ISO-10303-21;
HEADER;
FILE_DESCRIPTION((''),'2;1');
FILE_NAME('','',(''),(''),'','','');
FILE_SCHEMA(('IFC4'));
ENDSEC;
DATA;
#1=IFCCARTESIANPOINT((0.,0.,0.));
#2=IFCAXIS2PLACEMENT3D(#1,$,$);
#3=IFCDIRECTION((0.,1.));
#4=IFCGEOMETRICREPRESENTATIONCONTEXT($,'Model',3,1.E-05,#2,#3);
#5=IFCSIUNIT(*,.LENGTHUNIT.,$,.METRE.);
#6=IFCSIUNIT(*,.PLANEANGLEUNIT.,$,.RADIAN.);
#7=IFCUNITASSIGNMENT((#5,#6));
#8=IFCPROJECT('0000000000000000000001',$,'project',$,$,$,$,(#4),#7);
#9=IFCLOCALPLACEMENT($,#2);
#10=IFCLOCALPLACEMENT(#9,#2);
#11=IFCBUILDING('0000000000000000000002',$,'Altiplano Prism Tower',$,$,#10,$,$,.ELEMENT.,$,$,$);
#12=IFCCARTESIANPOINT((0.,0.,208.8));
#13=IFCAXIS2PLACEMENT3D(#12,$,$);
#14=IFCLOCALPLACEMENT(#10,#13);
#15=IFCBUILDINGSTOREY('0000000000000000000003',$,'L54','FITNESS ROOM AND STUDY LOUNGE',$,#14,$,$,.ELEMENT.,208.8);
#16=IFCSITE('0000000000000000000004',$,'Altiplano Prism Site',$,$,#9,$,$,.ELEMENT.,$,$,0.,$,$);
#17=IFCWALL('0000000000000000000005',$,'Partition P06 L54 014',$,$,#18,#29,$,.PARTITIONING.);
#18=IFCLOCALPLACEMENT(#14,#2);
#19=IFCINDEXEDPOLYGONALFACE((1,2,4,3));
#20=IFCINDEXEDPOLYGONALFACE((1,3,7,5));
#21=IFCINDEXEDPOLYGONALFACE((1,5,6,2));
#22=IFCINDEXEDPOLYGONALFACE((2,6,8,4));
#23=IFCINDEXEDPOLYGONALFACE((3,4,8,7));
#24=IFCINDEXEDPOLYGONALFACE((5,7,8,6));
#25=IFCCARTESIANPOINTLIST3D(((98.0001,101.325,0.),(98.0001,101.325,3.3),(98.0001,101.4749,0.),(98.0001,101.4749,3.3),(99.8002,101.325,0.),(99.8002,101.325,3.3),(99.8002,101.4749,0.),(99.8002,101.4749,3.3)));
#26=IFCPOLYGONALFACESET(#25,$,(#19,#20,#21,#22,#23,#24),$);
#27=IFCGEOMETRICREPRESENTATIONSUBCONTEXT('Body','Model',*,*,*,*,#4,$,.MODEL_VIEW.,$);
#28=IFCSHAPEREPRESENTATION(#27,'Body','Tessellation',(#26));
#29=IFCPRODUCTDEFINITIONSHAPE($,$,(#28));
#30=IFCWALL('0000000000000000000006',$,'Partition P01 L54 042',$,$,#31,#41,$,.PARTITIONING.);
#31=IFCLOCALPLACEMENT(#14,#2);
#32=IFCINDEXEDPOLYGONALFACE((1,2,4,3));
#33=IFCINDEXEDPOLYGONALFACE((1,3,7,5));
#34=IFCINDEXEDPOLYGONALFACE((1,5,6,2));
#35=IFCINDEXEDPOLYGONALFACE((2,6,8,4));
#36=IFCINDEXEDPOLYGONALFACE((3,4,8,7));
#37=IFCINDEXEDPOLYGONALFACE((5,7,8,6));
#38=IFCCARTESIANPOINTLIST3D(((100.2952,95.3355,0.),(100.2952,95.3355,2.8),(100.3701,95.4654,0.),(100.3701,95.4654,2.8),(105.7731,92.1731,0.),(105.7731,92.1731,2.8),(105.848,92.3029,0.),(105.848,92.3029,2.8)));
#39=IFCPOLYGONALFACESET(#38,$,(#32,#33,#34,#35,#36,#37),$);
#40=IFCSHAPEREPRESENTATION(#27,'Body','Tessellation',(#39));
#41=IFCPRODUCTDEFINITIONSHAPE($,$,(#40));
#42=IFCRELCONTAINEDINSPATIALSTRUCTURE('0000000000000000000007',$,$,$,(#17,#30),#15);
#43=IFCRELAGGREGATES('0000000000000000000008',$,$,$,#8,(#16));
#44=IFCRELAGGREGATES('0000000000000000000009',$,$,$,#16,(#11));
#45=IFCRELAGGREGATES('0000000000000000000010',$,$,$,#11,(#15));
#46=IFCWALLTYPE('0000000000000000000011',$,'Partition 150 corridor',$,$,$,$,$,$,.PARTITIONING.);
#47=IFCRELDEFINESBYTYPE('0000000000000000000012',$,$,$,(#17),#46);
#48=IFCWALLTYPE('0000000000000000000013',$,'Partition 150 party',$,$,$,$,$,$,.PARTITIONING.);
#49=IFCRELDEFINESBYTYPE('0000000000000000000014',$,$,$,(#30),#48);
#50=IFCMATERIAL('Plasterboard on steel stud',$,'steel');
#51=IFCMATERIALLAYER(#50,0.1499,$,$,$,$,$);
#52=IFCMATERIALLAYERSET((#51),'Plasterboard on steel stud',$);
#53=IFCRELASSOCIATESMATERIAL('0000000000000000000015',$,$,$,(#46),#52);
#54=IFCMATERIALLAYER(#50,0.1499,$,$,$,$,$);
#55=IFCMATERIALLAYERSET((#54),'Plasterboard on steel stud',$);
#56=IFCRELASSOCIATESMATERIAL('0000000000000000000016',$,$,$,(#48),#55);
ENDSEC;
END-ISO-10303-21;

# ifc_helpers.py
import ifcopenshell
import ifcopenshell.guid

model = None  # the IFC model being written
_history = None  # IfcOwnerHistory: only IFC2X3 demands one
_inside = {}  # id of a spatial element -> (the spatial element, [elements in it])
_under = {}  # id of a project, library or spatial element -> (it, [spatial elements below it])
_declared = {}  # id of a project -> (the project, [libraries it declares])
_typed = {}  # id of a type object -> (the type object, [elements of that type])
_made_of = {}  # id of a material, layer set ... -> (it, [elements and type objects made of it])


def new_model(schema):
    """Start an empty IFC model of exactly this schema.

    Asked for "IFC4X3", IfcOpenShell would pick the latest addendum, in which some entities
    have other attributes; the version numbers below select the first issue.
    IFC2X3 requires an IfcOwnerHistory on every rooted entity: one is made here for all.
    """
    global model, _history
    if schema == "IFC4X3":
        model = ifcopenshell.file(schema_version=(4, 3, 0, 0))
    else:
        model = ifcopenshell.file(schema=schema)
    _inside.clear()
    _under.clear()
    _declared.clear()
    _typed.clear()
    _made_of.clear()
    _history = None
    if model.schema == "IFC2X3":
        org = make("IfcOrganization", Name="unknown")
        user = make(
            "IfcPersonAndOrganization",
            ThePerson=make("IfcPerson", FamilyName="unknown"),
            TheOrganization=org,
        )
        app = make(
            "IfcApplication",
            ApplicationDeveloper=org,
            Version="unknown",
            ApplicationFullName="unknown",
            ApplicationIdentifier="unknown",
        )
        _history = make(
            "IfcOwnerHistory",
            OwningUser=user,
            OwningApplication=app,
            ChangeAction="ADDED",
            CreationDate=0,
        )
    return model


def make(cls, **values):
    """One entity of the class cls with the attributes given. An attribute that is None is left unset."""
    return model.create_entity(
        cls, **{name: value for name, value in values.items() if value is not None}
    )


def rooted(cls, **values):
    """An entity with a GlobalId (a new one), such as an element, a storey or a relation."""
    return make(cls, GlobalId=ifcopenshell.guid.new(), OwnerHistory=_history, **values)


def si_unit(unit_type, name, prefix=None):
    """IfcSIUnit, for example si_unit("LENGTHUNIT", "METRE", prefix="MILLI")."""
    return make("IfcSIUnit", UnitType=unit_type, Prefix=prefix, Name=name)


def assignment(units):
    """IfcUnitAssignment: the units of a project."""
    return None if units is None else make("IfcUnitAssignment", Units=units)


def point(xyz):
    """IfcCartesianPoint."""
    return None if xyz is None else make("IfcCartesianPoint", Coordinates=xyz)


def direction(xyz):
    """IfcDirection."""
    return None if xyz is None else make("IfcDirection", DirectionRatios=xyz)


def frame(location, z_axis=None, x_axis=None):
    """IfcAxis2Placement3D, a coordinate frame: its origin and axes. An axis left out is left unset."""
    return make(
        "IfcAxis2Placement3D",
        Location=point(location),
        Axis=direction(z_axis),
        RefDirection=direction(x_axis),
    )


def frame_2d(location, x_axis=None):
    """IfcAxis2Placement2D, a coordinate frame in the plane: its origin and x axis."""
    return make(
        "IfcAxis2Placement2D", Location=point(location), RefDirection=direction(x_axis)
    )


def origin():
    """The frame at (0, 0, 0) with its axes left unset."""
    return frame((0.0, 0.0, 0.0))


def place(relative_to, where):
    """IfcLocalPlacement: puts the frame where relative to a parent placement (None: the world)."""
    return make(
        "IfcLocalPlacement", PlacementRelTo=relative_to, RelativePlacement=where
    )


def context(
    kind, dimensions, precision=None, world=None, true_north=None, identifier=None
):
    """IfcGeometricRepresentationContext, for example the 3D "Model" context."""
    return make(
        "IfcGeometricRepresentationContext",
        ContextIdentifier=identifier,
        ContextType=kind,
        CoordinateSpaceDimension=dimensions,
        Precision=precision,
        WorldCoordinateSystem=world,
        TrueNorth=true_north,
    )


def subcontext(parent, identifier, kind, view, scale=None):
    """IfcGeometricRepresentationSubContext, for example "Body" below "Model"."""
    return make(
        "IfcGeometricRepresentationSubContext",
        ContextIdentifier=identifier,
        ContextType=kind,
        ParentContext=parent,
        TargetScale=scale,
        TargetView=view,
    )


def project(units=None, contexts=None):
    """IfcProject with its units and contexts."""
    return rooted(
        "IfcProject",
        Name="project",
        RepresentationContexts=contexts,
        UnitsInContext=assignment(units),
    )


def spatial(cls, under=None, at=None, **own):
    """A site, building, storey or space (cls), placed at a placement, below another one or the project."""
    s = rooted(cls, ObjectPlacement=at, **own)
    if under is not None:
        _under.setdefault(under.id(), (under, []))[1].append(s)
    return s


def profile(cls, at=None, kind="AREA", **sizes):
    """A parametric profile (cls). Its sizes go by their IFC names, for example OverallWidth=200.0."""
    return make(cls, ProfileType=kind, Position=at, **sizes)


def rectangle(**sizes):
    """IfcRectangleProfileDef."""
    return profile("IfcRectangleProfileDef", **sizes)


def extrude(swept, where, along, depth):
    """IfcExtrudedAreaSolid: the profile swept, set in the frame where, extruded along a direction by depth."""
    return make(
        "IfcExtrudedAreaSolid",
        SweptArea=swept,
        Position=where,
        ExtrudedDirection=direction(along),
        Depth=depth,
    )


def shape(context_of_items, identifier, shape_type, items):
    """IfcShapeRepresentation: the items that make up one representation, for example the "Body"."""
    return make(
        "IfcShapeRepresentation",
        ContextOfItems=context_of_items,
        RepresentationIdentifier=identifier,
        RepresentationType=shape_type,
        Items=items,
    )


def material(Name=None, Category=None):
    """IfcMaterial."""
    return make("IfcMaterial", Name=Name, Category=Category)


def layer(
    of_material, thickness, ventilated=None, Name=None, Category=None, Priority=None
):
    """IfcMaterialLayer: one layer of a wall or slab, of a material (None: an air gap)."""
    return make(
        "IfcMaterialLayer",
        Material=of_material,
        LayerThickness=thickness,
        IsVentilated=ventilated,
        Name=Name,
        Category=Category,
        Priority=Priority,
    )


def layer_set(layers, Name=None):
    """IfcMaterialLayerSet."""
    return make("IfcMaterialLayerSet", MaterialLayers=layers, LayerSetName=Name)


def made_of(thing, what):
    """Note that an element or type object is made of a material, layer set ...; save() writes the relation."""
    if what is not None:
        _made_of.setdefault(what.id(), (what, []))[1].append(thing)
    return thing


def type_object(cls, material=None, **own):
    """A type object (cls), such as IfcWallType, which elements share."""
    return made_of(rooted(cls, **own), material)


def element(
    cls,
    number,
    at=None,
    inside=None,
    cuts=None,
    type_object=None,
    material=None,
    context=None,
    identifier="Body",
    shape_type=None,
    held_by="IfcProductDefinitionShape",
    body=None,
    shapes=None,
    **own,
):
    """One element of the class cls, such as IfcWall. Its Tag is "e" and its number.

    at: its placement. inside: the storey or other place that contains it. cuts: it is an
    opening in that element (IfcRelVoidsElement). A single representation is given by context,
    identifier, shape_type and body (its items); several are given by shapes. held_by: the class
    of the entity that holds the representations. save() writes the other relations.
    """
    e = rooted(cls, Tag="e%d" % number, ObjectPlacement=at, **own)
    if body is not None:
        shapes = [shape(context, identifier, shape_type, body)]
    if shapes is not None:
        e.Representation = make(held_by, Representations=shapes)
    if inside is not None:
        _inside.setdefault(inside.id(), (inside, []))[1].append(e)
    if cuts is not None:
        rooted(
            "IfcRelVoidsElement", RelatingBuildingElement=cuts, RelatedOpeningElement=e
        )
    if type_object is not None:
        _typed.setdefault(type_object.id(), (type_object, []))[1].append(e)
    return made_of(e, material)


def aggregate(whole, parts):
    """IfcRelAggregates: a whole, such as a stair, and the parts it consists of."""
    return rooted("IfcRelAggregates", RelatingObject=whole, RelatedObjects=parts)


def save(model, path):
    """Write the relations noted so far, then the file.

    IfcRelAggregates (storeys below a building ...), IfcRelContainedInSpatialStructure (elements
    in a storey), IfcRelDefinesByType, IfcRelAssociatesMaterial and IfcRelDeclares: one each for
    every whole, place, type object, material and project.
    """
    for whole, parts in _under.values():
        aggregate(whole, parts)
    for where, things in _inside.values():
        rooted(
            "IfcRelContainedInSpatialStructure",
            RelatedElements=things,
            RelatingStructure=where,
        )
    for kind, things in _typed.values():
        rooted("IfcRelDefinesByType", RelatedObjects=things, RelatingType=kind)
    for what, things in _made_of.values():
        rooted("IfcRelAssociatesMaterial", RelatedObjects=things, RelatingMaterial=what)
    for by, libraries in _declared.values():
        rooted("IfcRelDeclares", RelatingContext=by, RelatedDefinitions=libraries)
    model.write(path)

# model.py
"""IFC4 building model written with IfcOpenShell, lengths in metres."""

from ifc_helpers import new_model, si_unit, direction, frame, frame_2d, origin, place, context, subcontext, project, spatial, rectangle, extrude, material, layer, layer_set, type_object, element, save


model = new_model("IFC4")

# Units and contexts
model_context = context("Model", 3, precision=1e-05, world=origin(), true_north=direction((0.0, 1.0)))
body_context = subcontext(model_context, "Body", "Model", "MODEL_VIEW")
ifc_project = project(units=[si_unit("LENGTHUNIT", "METRE"), si_unit("PLANEANGLEUNIT", "RADIAN")], contexts=[model_context])

# Site, building, storey
site_placement = place(None, origin())
site = spatial("IfcSite", under=ifc_project, at=site_placement, Name="Altiplano Prism Site", CompositionType="ELEMENT", RefElevation=0.0)
building_placement = place(site_placement, origin())
building = spatial("IfcBuilding", under=site, at=building_placement, Name="Altiplano Prism Tower", CompositionType="ELEMENT")
storey_placement = place(building_placement, frame((0.0, 0.0, 208.8)))
storey = spatial("IfcBuildingStorey", under=building, at=storey_placement, Name="L54", Description="FITNESS ROOM AND STUDY LOUNGE", CompositionType="ELEMENT", Elevation=208.8)

# Shared definitions
ifc_material_1 = material(Name="Plasterboard on steel stud", Category="steel")
ifc_layer_1 = layer(ifc_material_1, 0.1499)
ifc_layer_set_1 = layer_set([ifc_layer_1], Name="Plasterboard on steel stud")
wall_type_1 = type_object("IfcWallType", Name="Partition 150 corridor", PredefinedType="PARTITIONING", material=ifc_layer_set_1)

# Walls
wall_1_placement = place(storey_placement, frame((99.8, 101.3999, 0.0), z_axis=(0.0, 0.0, 1.0), x_axis=(-1.0, 0.0, 0.0)))
element("IfcWall", 1, at=wall_1_placement, inside=storey, type_object=wall_type_1, Name="Partition P06 L54 014", PredefinedType="PARTITIONING", context=body_context, shape_type="SweptSolid", body=[
    extrude(rectangle(XDim=1.8, YDim=0.1499, at=frame_2d((0.8999, 0.0))), origin(), (0.0, 0.0, 1.0), 3.3),
])
ifc_layer_2 = layer(ifc_material_1, 0.1499)
ifc_layer_set_2 = layer_set([ifc_layer_2], Name="Plasterboard on steel stud")
wall_type_2 = type_object("IfcWallType", Name="Partition 150 party", PredefinedType="PARTITIONING", material=ifc_layer_set_2)
wall_2_placement = place(storey_placement, frame((105.8105, 92.238, 0.0), z_axis=(0.0, 0.0, 1.0), x_axis=(-0.866042, 0.499971, 0.0)))
element("IfcWall", 2, at=wall_2_placement, inside=storey, type_object=wall_type_2, Name="Partition P01 L54 042", PredefinedType="PARTITIONING", context=body_context, shape_type="SweptSolid", body=[
    extrude(rectangle(XDim=6.3252, YDim=0.1499, at=frame_2d((3.1626, 0.0))), origin(), (0.0, 0.0, 1.0), 2.8),
])

save(model, "model.ifc")
